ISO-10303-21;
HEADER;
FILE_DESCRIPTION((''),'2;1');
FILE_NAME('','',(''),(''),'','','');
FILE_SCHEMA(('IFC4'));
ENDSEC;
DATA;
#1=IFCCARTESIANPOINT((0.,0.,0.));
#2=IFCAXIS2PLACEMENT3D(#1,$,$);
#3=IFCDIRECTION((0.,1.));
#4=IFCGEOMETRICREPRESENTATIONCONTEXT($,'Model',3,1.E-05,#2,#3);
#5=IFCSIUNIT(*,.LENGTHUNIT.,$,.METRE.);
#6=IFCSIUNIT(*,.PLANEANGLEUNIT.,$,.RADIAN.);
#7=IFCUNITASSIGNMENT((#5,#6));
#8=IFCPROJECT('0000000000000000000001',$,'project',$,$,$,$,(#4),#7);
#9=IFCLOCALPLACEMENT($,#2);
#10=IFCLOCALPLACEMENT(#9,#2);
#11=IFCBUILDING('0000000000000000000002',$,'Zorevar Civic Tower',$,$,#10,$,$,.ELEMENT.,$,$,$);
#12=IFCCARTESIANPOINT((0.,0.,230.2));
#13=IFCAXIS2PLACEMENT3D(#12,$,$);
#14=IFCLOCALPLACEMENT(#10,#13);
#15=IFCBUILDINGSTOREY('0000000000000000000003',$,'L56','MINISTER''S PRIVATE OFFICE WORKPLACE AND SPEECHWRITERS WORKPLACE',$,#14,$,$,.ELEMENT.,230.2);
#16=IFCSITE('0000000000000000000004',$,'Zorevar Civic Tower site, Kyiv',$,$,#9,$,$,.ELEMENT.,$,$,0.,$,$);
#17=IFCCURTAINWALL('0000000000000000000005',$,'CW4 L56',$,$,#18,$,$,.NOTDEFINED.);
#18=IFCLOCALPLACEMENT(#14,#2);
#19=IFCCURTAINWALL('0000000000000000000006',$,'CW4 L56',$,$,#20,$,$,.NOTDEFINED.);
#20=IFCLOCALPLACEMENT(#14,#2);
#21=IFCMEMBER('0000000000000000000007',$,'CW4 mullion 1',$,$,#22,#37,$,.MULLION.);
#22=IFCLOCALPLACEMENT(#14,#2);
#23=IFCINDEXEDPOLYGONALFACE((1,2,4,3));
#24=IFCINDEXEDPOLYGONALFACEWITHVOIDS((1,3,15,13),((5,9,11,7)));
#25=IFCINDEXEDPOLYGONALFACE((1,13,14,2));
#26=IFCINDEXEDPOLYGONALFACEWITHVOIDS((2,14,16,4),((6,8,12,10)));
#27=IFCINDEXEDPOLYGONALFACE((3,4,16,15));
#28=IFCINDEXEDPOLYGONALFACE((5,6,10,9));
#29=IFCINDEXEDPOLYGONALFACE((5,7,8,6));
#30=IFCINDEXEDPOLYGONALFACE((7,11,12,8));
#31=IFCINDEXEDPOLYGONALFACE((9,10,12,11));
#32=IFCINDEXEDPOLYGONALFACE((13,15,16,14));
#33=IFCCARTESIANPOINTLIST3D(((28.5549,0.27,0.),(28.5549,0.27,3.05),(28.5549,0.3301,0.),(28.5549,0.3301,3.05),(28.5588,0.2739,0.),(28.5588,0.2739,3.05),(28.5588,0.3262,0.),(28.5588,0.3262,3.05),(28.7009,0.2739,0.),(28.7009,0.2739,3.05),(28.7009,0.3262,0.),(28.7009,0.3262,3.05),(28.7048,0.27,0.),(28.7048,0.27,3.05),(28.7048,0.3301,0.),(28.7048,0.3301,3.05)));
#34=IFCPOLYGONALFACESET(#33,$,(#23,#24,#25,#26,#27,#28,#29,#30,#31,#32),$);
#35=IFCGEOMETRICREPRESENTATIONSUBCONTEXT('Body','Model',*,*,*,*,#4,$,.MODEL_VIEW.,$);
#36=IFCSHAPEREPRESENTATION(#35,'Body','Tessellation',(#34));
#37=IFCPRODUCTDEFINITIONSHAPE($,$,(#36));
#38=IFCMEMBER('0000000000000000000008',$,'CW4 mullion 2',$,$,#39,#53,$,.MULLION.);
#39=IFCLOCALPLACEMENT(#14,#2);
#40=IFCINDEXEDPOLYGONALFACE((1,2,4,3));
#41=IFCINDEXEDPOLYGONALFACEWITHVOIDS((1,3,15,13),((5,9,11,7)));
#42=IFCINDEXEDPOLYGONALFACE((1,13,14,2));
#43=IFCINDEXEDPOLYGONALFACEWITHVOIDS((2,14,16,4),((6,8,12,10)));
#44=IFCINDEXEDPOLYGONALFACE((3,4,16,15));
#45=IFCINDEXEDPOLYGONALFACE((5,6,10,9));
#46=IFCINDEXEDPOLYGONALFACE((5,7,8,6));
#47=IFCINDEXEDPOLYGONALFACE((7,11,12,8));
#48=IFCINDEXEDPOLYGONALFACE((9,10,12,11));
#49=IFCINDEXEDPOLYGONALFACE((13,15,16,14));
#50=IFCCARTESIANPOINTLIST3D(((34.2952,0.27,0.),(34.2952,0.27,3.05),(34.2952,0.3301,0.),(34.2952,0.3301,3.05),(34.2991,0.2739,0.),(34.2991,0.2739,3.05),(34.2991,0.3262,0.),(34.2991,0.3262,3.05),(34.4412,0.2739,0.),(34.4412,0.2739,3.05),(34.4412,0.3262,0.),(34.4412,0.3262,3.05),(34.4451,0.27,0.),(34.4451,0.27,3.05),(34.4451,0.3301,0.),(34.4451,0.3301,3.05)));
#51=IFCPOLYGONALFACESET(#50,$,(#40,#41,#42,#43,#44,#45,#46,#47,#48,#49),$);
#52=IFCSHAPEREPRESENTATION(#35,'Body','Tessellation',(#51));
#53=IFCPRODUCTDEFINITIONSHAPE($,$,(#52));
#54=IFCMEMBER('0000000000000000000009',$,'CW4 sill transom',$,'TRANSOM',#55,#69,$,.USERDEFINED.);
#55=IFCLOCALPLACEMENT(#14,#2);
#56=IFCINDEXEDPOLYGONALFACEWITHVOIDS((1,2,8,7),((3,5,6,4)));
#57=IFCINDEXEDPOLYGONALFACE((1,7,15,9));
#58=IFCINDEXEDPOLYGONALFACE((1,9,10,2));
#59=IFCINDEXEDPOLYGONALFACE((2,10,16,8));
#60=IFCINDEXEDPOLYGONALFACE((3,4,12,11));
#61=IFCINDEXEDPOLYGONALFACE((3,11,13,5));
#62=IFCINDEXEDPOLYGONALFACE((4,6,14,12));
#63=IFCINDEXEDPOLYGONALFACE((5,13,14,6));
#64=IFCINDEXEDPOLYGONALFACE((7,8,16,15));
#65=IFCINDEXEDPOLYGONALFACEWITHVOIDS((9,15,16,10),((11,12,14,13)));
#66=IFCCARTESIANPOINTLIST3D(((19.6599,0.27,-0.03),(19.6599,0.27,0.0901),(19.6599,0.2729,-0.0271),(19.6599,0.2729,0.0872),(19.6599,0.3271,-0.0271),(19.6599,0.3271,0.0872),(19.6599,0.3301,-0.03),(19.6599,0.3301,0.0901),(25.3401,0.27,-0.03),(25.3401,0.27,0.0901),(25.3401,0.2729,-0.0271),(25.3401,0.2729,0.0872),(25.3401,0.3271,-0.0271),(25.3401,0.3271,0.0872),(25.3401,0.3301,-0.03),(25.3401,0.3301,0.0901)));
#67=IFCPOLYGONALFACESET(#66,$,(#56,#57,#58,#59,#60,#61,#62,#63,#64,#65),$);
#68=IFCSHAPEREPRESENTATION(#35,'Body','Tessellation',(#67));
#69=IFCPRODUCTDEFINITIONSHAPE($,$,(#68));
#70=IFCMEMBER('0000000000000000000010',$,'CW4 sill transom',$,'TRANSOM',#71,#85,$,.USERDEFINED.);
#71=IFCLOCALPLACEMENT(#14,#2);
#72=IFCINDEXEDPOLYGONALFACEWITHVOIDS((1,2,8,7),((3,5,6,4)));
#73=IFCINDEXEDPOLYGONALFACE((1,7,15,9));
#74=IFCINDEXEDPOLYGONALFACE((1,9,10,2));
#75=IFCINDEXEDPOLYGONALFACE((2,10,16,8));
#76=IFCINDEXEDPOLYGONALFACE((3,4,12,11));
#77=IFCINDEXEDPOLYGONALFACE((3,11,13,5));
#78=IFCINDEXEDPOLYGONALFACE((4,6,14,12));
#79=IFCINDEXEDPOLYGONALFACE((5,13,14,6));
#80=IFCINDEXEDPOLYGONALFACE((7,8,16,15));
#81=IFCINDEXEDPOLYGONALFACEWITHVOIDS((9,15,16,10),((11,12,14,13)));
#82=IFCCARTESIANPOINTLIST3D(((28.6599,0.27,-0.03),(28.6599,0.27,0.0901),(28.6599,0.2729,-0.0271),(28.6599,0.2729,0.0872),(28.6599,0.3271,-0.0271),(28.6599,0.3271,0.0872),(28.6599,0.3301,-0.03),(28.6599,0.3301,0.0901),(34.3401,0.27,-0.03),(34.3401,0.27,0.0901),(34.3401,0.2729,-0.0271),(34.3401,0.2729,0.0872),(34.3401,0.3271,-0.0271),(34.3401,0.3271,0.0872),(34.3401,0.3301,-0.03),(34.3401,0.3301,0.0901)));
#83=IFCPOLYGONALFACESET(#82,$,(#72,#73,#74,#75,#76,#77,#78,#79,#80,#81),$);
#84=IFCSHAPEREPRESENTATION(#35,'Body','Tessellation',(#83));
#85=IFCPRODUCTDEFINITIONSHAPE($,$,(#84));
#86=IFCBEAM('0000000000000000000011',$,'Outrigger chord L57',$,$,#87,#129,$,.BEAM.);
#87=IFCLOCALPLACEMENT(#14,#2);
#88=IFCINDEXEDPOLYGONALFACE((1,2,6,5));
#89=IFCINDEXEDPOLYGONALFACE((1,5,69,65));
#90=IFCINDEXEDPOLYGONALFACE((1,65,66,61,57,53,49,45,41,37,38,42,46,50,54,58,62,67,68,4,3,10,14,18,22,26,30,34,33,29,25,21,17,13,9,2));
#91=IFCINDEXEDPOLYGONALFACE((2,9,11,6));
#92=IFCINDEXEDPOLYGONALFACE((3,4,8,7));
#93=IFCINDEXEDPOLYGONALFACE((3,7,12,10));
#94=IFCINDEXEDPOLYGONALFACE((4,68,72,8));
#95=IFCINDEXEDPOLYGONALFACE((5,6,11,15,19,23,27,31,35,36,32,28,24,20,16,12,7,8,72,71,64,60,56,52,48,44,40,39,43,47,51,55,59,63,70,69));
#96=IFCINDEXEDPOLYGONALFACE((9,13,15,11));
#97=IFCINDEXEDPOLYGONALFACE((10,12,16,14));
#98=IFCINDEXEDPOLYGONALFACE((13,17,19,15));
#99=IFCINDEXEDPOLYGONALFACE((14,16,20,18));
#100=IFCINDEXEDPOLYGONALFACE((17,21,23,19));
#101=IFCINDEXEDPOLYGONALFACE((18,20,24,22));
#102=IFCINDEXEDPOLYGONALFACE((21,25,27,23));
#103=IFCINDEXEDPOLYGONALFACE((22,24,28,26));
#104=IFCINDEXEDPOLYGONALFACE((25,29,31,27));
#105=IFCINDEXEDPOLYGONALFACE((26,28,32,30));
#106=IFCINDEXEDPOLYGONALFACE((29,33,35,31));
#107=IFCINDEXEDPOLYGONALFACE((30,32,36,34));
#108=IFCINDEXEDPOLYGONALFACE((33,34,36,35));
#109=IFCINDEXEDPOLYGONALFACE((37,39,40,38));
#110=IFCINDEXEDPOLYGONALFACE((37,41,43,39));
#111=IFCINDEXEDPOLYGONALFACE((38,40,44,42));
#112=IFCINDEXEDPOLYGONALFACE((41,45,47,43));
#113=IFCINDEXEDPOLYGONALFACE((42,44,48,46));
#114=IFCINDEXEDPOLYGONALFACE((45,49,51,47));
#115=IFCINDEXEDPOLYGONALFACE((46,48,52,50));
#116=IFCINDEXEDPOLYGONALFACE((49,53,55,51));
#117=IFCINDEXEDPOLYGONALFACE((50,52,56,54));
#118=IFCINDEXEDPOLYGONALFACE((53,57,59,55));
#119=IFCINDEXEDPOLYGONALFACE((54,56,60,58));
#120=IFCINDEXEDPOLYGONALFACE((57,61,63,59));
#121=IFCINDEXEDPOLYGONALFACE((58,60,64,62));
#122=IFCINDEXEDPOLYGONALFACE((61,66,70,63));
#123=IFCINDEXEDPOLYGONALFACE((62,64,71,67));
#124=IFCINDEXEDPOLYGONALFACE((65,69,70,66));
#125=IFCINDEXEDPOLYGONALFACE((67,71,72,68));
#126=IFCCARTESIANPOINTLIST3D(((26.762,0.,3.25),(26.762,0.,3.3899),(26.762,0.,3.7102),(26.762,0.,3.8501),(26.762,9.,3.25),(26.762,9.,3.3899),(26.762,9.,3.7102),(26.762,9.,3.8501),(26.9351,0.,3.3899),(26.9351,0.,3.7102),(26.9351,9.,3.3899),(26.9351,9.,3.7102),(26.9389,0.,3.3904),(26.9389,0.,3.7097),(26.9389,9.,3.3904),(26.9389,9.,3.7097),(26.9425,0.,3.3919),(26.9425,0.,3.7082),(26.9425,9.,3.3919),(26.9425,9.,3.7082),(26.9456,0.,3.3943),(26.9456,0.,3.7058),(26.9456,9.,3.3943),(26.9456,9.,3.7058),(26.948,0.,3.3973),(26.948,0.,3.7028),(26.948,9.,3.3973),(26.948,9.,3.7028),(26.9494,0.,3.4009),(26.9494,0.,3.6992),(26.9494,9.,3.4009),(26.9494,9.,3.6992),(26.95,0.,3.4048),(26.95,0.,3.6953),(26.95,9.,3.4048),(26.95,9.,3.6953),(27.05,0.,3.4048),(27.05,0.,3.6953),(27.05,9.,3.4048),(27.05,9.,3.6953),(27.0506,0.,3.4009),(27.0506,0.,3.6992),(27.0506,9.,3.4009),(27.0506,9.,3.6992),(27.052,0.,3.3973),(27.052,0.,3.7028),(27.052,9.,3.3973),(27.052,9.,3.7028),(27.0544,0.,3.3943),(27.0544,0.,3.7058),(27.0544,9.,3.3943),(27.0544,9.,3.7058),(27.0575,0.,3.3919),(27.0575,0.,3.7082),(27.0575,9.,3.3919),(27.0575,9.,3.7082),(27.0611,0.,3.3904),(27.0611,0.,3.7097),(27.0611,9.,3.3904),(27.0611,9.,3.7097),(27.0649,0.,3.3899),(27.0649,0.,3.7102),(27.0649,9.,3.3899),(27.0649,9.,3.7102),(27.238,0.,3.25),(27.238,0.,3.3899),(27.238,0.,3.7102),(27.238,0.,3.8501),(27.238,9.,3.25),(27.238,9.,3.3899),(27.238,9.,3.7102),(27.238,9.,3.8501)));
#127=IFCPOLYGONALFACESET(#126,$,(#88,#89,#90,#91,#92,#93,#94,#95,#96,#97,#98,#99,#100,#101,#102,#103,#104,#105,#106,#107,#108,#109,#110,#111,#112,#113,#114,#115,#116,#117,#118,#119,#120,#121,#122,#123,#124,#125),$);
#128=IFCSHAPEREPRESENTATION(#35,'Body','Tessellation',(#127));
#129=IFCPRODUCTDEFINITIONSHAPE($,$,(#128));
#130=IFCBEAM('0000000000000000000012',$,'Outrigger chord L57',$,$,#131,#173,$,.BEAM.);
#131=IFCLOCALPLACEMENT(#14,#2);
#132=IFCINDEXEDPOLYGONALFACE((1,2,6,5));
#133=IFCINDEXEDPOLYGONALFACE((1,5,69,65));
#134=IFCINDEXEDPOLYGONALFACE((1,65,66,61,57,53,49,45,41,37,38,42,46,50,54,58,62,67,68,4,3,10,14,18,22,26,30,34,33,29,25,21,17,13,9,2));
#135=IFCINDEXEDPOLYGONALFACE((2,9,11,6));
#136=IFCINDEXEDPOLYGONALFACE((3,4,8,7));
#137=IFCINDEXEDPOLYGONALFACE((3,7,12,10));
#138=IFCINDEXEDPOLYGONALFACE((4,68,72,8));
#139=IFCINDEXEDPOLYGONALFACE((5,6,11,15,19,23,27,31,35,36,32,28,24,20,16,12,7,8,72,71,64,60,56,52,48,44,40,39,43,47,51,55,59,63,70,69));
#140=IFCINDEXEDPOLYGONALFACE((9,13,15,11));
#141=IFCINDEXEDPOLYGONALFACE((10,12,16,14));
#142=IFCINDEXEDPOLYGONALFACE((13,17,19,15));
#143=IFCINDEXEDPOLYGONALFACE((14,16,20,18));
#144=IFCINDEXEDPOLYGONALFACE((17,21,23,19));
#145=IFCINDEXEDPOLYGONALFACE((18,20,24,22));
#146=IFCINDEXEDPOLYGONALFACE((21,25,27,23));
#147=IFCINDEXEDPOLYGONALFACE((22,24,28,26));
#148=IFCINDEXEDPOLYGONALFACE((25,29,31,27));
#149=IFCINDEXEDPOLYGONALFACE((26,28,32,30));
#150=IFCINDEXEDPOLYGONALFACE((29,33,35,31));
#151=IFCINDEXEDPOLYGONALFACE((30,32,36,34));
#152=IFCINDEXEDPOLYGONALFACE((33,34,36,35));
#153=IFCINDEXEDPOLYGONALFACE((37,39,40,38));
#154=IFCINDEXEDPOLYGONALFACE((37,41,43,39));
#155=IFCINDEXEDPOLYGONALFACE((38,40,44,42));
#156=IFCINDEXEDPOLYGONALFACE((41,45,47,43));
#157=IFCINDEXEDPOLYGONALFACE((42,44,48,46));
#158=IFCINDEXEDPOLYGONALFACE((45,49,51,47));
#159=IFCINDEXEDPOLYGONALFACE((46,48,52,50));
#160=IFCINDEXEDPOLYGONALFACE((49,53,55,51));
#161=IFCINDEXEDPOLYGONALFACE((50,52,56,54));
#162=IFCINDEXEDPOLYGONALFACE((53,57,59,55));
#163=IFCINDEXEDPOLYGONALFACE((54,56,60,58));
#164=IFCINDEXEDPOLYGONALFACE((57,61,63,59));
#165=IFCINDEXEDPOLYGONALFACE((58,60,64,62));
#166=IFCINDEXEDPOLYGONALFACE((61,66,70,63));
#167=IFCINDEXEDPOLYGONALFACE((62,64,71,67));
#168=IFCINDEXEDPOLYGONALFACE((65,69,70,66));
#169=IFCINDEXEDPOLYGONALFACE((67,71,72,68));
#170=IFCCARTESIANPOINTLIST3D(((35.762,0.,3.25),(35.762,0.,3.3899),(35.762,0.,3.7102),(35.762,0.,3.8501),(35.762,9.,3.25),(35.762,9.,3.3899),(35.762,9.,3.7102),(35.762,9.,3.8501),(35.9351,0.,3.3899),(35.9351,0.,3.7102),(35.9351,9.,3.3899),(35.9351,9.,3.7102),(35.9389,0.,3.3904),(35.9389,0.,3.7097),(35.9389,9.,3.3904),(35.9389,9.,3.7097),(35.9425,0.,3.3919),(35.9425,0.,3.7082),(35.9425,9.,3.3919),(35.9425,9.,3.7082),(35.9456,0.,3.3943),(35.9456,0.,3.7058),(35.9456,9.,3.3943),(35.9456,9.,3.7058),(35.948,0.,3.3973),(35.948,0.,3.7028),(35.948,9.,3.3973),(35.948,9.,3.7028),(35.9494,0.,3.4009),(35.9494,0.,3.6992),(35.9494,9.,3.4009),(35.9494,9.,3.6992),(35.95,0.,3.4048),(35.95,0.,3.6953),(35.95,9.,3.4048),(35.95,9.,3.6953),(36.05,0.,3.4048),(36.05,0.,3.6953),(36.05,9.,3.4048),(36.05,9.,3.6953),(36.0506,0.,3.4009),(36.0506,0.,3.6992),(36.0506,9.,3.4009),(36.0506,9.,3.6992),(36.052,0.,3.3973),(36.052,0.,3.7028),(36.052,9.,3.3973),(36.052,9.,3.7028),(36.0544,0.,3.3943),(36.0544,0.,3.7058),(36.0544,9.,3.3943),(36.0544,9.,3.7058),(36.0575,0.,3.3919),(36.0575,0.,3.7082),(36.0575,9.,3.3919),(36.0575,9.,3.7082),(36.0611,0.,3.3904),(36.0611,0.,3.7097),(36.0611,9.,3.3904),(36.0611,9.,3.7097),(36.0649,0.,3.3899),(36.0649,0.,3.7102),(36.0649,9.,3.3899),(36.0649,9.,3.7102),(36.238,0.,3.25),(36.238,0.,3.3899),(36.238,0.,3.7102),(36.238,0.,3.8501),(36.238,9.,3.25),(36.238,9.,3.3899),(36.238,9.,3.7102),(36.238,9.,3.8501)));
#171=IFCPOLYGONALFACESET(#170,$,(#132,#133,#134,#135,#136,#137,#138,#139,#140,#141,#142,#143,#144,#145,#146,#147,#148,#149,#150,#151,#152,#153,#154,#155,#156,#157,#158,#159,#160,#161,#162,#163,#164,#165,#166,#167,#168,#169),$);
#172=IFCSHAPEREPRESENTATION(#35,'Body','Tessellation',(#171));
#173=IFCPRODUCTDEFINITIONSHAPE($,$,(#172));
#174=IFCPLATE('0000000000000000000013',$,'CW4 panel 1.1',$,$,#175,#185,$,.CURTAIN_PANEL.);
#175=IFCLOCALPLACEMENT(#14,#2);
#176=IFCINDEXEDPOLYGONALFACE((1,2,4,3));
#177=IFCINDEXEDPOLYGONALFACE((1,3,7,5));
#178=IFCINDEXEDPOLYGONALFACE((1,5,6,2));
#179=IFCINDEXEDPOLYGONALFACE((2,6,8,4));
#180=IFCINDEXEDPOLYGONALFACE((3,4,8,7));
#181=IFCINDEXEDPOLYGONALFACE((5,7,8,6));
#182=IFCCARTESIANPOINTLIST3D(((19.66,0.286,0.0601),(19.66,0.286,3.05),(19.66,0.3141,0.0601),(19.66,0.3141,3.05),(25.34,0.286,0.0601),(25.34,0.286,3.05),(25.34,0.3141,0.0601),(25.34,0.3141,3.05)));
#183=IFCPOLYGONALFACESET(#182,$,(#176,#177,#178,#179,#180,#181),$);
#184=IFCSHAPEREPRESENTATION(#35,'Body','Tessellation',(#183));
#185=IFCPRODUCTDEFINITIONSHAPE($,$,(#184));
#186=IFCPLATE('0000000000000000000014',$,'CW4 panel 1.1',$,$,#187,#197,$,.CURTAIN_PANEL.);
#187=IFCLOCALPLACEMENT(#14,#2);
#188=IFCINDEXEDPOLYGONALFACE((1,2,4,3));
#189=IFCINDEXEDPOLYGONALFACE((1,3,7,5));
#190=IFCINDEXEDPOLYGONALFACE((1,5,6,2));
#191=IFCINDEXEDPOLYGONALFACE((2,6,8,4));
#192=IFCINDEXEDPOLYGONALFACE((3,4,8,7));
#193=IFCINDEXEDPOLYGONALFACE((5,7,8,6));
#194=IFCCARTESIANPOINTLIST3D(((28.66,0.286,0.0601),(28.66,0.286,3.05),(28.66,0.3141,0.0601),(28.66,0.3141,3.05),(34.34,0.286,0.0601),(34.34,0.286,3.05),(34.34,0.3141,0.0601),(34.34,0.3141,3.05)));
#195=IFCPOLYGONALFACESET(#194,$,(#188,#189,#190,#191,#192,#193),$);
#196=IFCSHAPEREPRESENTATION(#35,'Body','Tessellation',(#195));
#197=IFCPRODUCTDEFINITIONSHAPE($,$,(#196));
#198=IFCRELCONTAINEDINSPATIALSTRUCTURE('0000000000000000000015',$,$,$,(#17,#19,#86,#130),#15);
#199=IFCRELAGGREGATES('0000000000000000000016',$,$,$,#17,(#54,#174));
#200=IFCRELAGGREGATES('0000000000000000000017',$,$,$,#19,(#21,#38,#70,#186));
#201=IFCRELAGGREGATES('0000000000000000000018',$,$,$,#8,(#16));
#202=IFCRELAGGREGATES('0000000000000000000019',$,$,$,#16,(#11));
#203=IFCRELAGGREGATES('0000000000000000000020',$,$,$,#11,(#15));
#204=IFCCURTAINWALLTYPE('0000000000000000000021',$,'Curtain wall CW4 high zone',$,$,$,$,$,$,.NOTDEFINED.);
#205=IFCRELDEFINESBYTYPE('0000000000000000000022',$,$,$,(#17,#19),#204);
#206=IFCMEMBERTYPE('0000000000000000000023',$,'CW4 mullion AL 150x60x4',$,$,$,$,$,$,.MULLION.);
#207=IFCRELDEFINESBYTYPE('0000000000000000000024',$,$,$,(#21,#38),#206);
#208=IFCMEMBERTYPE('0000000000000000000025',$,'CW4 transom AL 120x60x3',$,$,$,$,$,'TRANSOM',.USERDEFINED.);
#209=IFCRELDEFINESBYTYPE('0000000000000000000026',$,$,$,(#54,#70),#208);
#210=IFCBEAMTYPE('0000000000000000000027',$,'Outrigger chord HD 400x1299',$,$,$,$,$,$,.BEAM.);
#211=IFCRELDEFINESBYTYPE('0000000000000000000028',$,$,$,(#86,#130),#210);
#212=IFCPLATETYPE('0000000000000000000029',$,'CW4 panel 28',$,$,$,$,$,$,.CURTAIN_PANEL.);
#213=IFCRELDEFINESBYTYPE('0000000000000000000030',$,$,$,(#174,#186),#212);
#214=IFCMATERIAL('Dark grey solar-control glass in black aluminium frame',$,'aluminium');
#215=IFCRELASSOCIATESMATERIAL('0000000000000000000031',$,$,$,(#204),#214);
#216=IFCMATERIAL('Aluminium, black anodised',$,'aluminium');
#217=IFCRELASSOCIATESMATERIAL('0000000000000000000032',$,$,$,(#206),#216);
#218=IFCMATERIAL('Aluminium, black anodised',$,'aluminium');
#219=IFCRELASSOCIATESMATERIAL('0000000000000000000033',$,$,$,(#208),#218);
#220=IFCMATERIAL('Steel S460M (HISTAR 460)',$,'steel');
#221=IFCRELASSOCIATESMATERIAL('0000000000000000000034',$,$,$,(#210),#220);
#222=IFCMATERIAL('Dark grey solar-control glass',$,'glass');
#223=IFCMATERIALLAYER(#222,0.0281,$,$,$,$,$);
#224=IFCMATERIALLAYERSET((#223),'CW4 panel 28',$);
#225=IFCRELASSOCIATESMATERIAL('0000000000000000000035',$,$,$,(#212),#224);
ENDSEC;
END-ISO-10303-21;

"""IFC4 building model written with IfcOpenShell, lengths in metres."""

from ifc_helpers import new_model, si_unit, direction, frame, origin, origin_2d, place, context, subcontext, project, spatial, rectangle, hollow_rectangle, i_section, extrude, material, layer, layer_set, material_profile, profile_set, type_object, element, aggregate, save


model = new_model("IFC4")

# Units and contexts
model_context = context("Model", 3, precision=1e-05, world=origin(), true_north=direction((0.0, 1.0)))
body_context = subcontext(model_context, "Body", "Model", "MODEL_VIEW")
ifc_project = project(units=[si_unit("LENGTHUNIT", "METRE"), si_unit("PLANEANGLEUNIT", "RADIAN")], contexts=[model_context])

# Site, building, storey
site_placement = place(None, origin())
site = spatial("IfcSite", under=ifc_project, at=site_placement, Name="Zorevar Civic Tower site, Kyiv", CompositionType="ELEMENT", RefElevation=0.0)
building_placement = place(site_placement, origin())
building = spatial("IfcBuilding", under=site, at=building_placement, Name="Zorevar Civic Tower", CompositionType="ELEMENT")
storey_placement = place(building_placement, frame((0.0, 0.0, 230.2)))
storey = spatial("IfcBuildingStorey", under=building, at=storey_placement, Name="L56", Description="MINISTER'S PRIVATE OFFICE WORKPLACE AND SPEECHWRITERS WORKPLACE", CompositionType="ELEMENT", Elevation=230.2)

# Curtain wall
ifc_material_1 = material(Name="Dark grey solar-control glass in black aluminium frame", Category="aluminium")
curtain_wall_type = type_object("IfcCurtainWallType", Name="Curtain wall CW4 high zone", PredefinedType="NOTDEFINED", material=ifc_material_1)
curtain_wall_1_placement = place(storey_placement, origin())
curtain_wall_1 = element("IfcCurtainWall", 1, at=curtain_wall_1_placement, inside=storey, type_object=curtain_wall_type, Name="CW4 L56", PredefinedType="NOTDEFINED")
ifc_material_2 = material(Name="Aluminium, black anodised", Category="aluminium")
ifc_material_profile_1 = material_profile(ifc_material_2, hollow_rectangle(XDim=0.0601, YDim=0.1499, WallThickness=0.0039, at=origin_2d()), Name="AL 150x60x4")
ifc_profile_set_1 = profile_set([ifc_material_profile_1], Name="Aluminium, black anodised")
member_type_1 = type_object("IfcMemberType", Name="CW4 mullion AL 150x60x4", PredefinedType="MULLION", material=ifc_profile_set_1)

# Curtain wall, members
curtain_wall_2_placement = place(storey_placement, origin())
curtain_wall_2 = element("IfcCurtainWall", 2, at=curtain_wall_2_placement, inside=storey, type_object=curtain_wall_type, Name="CW4 L56", PredefinedType="NOTDEFINED")
member_1_placement = place(storey_placement, frame((28.6299, 0.3, 0.0), z_axis=(0.0, 0.0, 1.0), x_axis=(0.0, 1.0, 0.0)))
member_1 = element("IfcMember", 3, at=member_1_placement, type_object=member_type_1, Name="CW4 mullion 1", PredefinedType="MULLION", context=body_context, shape_type="SweptSolid", body=[
    extrude(hollow_rectangle(XDim=0.0601, YDim=0.1499, WallThickness=0.0039, at=origin_2d()), origin(), (0.0, 0.0, 1.0), 3.05),
])
member_2_placement = place(storey_placement, frame((34.3701, 0.3, 0.0), z_axis=(0.0, 0.0, 1.0), x_axis=(0.0, 1.0, 0.0)))
member_2 = element("IfcMember", 4, at=member_2_placement, type_object=member_type_1, Name="CW4 mullion 2", PredefinedType="MULLION", context=body_context, shape_type="SweptSolid", body=[
    extrude(hollow_rectangle(XDim=0.0601, YDim=0.1499, WallThickness=0.0039, at=origin_2d()), origin(), (0.0, 0.0, 1.0), 3.05),
])

# Members
ifc_material_3 = material(Name="Aluminium, black anodised", Category="aluminium")
ifc_material_profile_2 = material_profile(ifc_material_3, hollow_rectangle(XDim=0.0601, YDim=0.1201, WallThickness=0.0029, at=origin_2d()), Name="AL 120x60x3")
ifc_profile_set_2 = profile_set([ifc_material_profile_2], Name="Aluminium, black anodised")
member_type_2 = type_object("IfcMemberType", Name="CW4 transom AL 120x60x3", ElementType="TRANSOM", PredefinedType="USERDEFINED", material=ifc_profile_set_2)
member_3_placement = place(storey_placement, frame((19.6599, 0.3, 0.03), z_axis=(1.0, 0.0, 0.0), x_axis=(0.0, 1.0, 0.0)))
member_3 = element("IfcMember", 5, at=member_3_placement, type_object=member_type_2, Name="CW4 sill transom", ObjectType="TRANSOM", PredefinedType="USERDEFINED", context=body_context, shape_type="SweptSolid", body=[
    extrude(hollow_rectangle(XDim=0.0601, YDim=0.1201, WallThickness=0.0029, at=origin_2d()), origin(), (0.0, 0.0, 1.0), 5.6802),
])
member_4_placement = place(storey_placement, frame((28.6599, 0.3, 0.03), z_axis=(1.0, 0.0, 0.0), x_axis=(0.0, 1.0, 0.0)))
member_4 = element("IfcMember", 6, at=member_4_placement, type_object=member_type_2, Name="CW4 sill transom", ObjectType="TRANSOM", PredefinedType="USERDEFINED", context=body_context, shape_type="SweptSolid", body=[
    extrude(hollow_rectangle(XDim=0.0601, YDim=0.1201, WallThickness=0.0029, at=origin_2d()), origin(), (0.0, 0.0, 1.0), 5.6802),
])

# Beams
ifc_material_4 = material(Name="Steel S460M (HISTAR 460)", Category="steel")
ifc_material_profile_3 = material_profile(ifc_material_4, i_section(OverallWidth=0.4761, OverallDepth=0.6001, WebThickness=0.1001, FlangeThickness=0.1399, FilletRadius=0.0149, at=origin_2d()), Name="HD 400x1299")
ifc_profile_set_3 = profile_set([ifc_material_profile_3], Name="Steel S460M (HISTAR 460)")
beam_type_1 = type_object("IfcBeamType", Name="Outrigger chord HD 400x1299", PredefinedType="BEAM", material=ifc_profile_set_3)
for number, where, z_axis, x_axis, name in (
    (7, (27.0, 0.0, 3.55), (0.0, 1.0, 0.0), (-1.0, 0.0, 0.0), "Outrigger chord L57"),
    (8, (36.0, 0.0, 3.55), (0.0, 1.0, 0.0), (-1.0, 0.0, 0.0), "Outrigger chord L57"),
):
    element("IfcBeam", number, at=place(storey_placement, frame(where, z_axis=z_axis, x_axis=x_axis)), inside=storey, type_object=beam_type_1, Name=name, PredefinedType="BEAM", context=body_context, shape_type="SweptSolid", body=[
        extrude(i_section(OverallWidth=0.4761, OverallDepth=0.6001, WebThickness=0.1001, FlangeThickness=0.1399, FilletRadius=0.0149, at=origin_2d()), origin(), (0.0, 0.0, 1.0), 9.0),
    ])

# Plates
ifc_material_5 = material(Name="Dark grey solar-control glass", Category="glass")
ifc_layer_1 = layer(ifc_material_5, 0.0281)
ifc_layer_set_1 = layer_set([ifc_layer_1], Name="CW4 panel 28")
plate_type = type_object("IfcPlateType", Name="CW4 panel 28", PredefinedType="CURTAIN_PANEL", material=ifc_layer_set_1)
plate_1_placement = place(storey_placement, frame((22.5, 0.3, 0.0601), z_axis=(0.0, 0.0, 1.0), x_axis=(1.0, 0.0, 0.0)))
plate_1 = element("IfcPlate", 9, at=plate_1_placement, type_object=plate_type, Name="CW4 panel 1.1", PredefinedType="CURTAIN_PANEL", context=body_context, shape_type="SweptSolid", body=[
    extrude(rectangle(XDim=5.6799, YDim=0.0281, at=origin_2d()), origin(), (0.0, 0.0, 1.0), 2.99),
])
aggregate(curtain_wall_1, [member_3, plate_1])
plate_2_placement = place(storey_placement, frame((31.5, 0.3, 0.0601), z_axis=(0.0, 0.0, 1.0), x_axis=(1.0, 0.0, 0.0)))
plate_2 = element("IfcPlate", 10, at=plate_2_placement, type_object=plate_type, Name="CW4 panel 1.1", PredefinedType="CURTAIN_PANEL", context=body_context, shape_type="SweptSolid", body=[
    extrude(rectangle(XDim=5.6799, YDim=0.0281, at=origin_2d()), origin(), (0.0, 0.0, 1.0), 2.99),
])
aggregate(curtain_wall_2, [member_1, member_2, member_4, plate_2])

save(model, "model.ifc")
